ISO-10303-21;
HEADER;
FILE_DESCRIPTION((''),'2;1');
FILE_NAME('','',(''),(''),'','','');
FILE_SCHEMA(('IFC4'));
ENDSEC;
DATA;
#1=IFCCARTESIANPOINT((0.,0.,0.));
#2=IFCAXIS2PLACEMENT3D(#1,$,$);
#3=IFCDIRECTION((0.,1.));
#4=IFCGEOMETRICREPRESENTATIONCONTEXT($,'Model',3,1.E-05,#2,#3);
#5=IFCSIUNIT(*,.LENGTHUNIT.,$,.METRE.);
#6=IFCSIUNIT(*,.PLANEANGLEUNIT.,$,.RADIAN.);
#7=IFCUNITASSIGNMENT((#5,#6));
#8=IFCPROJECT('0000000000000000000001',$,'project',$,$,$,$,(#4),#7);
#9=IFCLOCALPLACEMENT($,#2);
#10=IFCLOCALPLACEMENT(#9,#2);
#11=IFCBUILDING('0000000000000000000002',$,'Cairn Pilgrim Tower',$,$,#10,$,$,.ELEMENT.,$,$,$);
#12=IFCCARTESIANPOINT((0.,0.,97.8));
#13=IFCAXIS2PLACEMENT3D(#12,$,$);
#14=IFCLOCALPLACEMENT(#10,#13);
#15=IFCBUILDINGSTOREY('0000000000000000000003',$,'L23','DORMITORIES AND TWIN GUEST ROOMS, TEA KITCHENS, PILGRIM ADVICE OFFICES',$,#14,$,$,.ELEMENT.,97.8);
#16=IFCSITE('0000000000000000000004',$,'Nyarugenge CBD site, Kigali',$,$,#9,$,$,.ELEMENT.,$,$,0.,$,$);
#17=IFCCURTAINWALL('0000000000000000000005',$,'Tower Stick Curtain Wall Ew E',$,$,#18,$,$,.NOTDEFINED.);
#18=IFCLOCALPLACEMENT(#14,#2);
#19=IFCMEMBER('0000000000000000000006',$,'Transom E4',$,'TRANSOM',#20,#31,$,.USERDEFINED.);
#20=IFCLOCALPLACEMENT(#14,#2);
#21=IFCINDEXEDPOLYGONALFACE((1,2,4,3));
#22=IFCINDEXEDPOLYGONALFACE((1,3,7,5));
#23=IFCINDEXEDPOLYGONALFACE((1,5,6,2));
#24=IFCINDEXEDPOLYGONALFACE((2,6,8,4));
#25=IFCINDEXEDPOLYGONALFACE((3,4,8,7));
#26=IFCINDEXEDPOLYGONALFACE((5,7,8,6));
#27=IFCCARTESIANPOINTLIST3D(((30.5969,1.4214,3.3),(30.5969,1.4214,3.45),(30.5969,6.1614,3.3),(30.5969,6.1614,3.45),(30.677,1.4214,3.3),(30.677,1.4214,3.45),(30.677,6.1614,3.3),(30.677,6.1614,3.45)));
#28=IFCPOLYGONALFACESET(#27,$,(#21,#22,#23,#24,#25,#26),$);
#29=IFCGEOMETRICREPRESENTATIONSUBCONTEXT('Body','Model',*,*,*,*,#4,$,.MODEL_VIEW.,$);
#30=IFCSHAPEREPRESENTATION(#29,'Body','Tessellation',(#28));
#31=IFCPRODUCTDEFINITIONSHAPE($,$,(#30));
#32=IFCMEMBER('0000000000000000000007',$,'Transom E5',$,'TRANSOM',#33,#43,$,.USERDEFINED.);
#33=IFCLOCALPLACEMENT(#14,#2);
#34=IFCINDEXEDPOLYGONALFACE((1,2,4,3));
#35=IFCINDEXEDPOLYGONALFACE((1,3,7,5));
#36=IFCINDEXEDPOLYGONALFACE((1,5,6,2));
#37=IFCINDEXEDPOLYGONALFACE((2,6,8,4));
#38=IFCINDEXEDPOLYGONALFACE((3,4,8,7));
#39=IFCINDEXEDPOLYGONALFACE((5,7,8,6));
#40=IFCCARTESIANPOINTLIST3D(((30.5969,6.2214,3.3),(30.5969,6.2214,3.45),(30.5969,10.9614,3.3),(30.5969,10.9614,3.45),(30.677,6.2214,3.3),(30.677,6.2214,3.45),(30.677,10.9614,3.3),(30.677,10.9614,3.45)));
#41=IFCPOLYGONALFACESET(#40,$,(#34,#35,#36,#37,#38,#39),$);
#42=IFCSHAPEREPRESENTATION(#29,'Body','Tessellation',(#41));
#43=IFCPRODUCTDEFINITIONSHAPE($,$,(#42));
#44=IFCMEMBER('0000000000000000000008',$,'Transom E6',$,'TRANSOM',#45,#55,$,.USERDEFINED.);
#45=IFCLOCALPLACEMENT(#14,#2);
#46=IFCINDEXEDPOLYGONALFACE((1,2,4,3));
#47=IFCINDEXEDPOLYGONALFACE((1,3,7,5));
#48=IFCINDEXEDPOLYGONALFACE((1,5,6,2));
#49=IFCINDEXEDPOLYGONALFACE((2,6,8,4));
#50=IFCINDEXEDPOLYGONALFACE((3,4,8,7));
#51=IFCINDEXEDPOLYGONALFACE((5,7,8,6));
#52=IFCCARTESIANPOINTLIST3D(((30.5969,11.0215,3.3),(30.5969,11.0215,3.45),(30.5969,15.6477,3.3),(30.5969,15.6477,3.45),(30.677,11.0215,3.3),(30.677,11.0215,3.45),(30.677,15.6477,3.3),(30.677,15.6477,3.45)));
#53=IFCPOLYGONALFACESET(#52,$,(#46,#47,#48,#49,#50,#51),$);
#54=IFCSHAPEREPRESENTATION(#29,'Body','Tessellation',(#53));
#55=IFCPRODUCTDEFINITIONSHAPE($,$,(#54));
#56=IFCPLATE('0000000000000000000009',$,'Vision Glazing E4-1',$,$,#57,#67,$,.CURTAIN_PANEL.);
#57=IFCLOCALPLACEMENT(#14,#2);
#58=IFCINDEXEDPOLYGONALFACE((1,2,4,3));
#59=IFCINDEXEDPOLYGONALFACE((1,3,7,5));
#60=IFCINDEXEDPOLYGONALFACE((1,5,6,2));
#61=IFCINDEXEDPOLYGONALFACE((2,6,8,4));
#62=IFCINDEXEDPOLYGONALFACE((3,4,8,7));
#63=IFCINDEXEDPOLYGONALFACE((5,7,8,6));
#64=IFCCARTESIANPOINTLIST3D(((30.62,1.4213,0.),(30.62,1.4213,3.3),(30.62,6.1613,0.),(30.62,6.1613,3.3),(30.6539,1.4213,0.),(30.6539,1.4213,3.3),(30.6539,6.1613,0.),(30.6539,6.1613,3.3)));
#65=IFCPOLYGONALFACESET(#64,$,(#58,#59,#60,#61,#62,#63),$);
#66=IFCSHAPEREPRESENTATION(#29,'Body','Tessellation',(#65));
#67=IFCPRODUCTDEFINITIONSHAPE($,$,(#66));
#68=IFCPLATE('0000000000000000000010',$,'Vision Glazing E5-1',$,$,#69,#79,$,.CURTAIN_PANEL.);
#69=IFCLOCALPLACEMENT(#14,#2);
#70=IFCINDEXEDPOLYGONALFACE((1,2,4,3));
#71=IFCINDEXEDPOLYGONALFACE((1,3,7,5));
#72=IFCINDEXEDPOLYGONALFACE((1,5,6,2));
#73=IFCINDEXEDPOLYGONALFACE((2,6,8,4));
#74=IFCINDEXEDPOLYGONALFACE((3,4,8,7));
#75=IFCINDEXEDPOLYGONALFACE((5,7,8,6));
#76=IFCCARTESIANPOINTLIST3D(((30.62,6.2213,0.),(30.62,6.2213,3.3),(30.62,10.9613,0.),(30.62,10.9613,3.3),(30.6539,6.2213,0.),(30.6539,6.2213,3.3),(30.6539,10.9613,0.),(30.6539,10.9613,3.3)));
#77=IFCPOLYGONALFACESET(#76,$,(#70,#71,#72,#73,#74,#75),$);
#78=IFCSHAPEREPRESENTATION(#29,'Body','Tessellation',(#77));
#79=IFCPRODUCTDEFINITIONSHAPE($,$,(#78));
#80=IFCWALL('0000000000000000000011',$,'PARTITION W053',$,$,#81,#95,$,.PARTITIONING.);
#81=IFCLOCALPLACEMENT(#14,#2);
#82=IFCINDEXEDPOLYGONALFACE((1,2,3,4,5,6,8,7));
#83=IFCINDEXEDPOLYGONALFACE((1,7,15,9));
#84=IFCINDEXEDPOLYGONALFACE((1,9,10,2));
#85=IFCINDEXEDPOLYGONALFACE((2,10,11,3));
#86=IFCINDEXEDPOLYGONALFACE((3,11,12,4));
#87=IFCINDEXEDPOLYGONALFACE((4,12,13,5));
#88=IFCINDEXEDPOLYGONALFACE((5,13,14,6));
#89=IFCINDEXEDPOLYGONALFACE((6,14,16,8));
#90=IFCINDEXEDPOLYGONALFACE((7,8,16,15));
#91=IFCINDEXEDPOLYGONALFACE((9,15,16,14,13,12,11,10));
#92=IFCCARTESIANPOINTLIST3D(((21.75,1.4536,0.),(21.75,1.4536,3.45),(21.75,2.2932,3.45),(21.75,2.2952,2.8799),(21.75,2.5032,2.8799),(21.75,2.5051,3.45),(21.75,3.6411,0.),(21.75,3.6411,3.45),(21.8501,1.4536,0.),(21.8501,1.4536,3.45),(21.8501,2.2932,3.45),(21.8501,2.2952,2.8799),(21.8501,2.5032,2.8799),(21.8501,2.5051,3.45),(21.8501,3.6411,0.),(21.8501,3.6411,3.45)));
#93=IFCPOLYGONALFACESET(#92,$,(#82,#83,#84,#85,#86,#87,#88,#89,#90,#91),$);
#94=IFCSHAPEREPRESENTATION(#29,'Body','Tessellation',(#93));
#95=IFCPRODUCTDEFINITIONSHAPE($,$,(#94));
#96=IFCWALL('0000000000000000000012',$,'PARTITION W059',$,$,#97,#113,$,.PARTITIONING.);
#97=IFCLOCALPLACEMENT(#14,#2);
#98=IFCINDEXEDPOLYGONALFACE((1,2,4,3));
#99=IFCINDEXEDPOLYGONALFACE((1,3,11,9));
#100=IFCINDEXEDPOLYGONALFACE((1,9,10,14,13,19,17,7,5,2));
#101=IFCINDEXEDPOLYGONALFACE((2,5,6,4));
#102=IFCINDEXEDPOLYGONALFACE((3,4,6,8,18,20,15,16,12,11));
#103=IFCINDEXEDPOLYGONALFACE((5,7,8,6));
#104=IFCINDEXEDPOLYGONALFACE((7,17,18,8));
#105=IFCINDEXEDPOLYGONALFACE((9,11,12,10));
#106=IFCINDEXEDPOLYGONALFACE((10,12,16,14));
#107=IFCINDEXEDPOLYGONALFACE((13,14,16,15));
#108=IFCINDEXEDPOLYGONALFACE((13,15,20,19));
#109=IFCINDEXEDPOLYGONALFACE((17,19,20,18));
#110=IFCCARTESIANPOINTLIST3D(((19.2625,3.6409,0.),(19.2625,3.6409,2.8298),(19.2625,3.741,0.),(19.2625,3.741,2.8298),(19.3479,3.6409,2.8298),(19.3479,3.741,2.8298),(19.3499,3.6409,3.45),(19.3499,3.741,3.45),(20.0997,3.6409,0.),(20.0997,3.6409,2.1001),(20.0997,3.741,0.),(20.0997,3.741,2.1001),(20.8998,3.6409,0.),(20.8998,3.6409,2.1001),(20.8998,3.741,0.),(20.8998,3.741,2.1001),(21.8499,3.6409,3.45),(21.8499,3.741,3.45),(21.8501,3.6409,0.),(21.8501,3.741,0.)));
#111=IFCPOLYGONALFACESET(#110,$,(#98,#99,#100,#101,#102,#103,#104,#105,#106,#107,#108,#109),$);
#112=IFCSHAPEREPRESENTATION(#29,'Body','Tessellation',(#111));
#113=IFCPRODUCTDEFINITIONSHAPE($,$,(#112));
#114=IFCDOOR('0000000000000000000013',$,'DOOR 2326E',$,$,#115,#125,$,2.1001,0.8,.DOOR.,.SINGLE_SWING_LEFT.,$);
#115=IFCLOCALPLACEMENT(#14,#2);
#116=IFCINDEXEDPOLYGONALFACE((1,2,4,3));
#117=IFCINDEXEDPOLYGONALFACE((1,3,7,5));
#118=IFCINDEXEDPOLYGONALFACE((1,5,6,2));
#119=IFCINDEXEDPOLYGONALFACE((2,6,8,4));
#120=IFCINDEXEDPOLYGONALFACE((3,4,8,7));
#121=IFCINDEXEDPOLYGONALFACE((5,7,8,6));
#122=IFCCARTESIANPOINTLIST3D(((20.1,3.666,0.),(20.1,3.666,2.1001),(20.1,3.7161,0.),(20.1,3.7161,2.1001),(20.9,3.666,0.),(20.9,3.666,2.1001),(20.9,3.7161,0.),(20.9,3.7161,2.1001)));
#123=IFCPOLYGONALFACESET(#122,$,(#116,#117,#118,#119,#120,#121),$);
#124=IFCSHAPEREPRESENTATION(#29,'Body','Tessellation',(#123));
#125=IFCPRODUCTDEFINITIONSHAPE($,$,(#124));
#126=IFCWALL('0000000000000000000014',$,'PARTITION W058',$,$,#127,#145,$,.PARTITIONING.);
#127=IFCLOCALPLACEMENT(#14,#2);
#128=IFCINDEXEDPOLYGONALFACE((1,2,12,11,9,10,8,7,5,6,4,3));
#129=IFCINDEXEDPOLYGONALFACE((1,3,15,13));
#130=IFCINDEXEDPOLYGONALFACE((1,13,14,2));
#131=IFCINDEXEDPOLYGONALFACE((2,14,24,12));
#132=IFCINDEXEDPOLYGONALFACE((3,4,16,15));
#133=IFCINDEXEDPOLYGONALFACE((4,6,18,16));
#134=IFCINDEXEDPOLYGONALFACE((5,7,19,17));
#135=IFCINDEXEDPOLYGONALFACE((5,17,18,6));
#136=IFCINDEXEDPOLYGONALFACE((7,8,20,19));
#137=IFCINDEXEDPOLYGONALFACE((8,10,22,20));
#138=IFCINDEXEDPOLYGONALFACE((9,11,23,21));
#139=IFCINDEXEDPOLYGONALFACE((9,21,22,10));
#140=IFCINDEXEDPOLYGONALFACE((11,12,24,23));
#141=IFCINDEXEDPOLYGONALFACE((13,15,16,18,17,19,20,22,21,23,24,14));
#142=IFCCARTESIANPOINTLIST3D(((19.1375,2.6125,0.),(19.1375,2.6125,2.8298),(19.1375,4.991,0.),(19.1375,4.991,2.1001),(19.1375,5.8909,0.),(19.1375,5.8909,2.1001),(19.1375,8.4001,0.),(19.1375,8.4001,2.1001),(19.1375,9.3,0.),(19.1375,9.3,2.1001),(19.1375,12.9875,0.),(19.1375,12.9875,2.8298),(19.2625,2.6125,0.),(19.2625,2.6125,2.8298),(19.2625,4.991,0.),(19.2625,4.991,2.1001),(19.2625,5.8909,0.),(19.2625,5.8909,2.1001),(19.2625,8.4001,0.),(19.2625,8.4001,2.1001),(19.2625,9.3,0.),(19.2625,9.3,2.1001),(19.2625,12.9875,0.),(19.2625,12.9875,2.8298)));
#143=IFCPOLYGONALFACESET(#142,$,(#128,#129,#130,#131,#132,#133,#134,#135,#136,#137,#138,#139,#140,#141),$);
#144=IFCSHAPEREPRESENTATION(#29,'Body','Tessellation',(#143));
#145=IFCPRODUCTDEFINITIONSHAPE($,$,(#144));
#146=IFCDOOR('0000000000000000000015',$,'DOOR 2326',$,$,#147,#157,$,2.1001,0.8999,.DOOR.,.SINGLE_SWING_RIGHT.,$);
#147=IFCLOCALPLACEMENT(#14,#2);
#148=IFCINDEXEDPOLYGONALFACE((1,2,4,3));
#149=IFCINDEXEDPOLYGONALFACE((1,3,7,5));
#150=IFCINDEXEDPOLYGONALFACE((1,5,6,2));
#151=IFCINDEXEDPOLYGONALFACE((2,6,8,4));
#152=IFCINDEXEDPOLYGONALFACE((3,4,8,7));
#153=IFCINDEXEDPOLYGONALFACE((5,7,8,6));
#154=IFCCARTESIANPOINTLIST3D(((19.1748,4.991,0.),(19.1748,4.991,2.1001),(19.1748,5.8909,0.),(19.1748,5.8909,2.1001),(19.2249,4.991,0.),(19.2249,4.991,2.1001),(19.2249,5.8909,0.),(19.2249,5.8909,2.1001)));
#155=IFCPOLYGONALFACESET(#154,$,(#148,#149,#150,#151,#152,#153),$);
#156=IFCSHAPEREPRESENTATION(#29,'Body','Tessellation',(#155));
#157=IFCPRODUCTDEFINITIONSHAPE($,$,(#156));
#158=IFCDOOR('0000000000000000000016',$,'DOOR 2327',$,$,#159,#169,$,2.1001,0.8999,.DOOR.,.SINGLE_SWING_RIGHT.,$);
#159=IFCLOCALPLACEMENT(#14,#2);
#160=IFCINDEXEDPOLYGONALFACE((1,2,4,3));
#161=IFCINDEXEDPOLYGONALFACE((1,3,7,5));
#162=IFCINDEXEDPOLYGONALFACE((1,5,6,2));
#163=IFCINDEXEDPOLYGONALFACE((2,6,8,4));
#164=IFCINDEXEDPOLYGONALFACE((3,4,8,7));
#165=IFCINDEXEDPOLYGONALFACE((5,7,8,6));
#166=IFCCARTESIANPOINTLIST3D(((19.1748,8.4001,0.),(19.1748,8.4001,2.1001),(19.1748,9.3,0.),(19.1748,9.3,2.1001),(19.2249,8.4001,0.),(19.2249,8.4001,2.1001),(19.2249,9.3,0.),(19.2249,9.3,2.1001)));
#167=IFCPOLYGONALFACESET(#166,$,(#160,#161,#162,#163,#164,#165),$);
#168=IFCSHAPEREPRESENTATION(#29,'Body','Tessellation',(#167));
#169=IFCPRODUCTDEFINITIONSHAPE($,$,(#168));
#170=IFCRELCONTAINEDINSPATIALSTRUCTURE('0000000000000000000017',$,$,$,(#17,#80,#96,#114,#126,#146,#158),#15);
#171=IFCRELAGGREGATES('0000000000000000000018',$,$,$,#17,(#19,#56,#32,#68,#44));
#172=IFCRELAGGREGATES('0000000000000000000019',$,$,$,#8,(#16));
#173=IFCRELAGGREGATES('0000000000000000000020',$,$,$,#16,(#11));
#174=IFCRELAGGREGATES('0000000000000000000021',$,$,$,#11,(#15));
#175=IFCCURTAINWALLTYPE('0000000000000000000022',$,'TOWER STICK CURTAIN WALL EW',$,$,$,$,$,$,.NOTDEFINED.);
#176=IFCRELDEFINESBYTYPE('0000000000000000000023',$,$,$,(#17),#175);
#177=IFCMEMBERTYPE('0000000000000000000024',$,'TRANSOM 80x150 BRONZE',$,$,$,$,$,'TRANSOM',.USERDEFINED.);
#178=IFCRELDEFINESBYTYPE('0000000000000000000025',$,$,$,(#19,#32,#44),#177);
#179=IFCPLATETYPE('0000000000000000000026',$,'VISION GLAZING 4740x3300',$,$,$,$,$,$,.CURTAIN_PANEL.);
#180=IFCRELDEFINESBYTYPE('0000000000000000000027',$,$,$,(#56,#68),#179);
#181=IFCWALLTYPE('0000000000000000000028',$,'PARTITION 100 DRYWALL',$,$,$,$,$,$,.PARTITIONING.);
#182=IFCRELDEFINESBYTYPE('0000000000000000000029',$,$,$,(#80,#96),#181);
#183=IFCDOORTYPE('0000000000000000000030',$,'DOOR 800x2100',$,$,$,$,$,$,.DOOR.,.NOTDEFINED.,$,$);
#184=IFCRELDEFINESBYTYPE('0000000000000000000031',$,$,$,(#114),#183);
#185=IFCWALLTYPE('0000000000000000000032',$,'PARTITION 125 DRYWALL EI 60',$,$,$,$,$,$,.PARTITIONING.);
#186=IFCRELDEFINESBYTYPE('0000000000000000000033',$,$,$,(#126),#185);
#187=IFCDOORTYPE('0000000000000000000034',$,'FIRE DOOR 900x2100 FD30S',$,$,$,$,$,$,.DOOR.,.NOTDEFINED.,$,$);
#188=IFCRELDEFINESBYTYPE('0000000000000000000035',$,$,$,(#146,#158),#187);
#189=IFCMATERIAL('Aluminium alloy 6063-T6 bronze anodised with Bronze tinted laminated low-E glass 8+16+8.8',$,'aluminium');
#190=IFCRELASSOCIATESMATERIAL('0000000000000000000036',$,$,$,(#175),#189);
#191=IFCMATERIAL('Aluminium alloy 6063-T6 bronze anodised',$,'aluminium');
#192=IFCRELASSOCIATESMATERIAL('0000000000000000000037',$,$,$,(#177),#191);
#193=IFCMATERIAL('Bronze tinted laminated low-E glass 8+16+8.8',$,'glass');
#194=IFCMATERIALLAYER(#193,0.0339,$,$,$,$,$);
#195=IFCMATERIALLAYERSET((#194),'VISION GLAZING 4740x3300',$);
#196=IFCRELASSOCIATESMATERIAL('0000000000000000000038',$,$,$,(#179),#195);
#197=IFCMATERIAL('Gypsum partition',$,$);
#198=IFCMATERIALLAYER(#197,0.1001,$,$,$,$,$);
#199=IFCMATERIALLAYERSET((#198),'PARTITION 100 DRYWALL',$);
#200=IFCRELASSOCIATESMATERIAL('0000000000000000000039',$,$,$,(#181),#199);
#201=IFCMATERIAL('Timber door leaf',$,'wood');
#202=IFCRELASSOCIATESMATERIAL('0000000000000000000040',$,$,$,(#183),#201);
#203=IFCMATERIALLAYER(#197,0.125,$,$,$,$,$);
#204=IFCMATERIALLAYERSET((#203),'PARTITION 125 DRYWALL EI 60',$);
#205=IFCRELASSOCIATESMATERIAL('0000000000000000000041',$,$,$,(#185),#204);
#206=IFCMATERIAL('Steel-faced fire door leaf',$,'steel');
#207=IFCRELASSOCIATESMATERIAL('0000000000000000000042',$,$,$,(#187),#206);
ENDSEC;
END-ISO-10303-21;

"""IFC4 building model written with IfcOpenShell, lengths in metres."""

from ifc_helpers import new_model, si_unit, direction, frame, frame_2d, origin, origin_2d, place, context, subcontext, project, spatial, polyline, rectangle, outline, extrude, material, layer, layer_set, material_profile, profile_set, type_object, element, fill, aggregate, save


model = new_model("IFC4")

# Units and contexts
model_context = context("Model", 3, precision=1e-05, world=origin(), true_north=direction((0.0, 1.0)))
body_context = subcontext(model_context, "Body", "Model", "MODEL_VIEW")
ifc_project = project(units=[si_unit("LENGTHUNIT", "METRE"), si_unit("PLANEANGLEUNIT", "RADIAN")], contexts=[model_context])

# Site, building, storey
site_placement = place(None, origin())
site = spatial("IfcSite", under=ifc_project, at=site_placement, Name="Nyarugenge CBD site, Kigali", CompositionType="ELEMENT", RefElevation=0.0)
building_placement = place(site_placement, origin())
building = spatial("IfcBuilding", under=site, at=building_placement, Name="Cairn Pilgrim Tower", CompositionType="ELEMENT")
storey_placement = place(building_placement, frame((0.0, 0.0, 97.8)))
storey = spatial("IfcBuildingStorey", under=building, at=storey_placement, Name="L23", Description="DORMITORIES AND TWIN GUEST ROOMS, TEA KITCHENS, PILGRIM ADVICE OFFICES", CompositionType="ELEMENT", Elevation=97.8)

# Curtain wall
ifc_material_1 = material(Name="Aluminium alloy 6063-T6 bronze anodised with Bronze tinted laminated low-E glass 8+16+8.8", Category="aluminium")
curtain_wall_type = type_object("IfcCurtainWallType", Name="TOWER STICK CURTAIN WALL EW", PredefinedType="NOTDEFINED", material=ifc_material_1)
curtain_wall_placement = place(storey_placement, origin())
curtain_wall = element("IfcCurtainWall", 1, at=curtain_wall_placement, inside=storey, type_object=curtain_wall_type, Name="Tower Stick Curtain Wall Ew E", PredefinedType="NOTDEFINED")
ifc_material_2 = material(Name="Aluminium alloy 6063-T6 bronze anodised", Category="aluminium")

# Members
ifc_material_profile_1 = material_profile(ifc_material_2, rectangle(XDim=0.0801, YDim=0.1499, at=origin_2d()), Name="TRANSOM 80x150 BRONZE")
ifc_profile_set_1 = profile_set([ifc_material_profile_1], Name="Aluminium alloy 6063-T6 bronze anodised")
member_type_1 = type_object("IfcMemberType", Name="TRANSOM 80x150 BRONZE", ElementType="TRANSOM", PredefinedType="USERDEFINED", material=ifc_profile_set_1)
member_1_placement = place(storey_placement, frame((30.637, 1.4214, 3.375), z_axis=(0.0, 1.0, 0.0), x_axis=(-1.0, 0.0, 0.0)))
member_1 = element("IfcMember", 2, at=member_1_placement, type_object=member_type_1, Name="Transom E4", ObjectType="TRANSOM", PredefinedType="USERDEFINED", context=body_context, shape_type="SweptSolid", body=[
    extrude(rectangle(XDim=0.0801, YDim=0.1499, at=origin_2d()), origin(), (0.0, 0.0, 1.0), 4.74),
])
member_2_placement = place(storey_placement, frame((30.637, 6.2214, 3.375), z_axis=(0.0, 1.0, 0.0), x_axis=(-1.0, 0.0, 0.0)))
member_2 = element("IfcMember", 3, at=member_2_placement, type_object=member_type_1, Name="Transom E5", ObjectType="TRANSOM", PredefinedType="USERDEFINED", context=body_context, shape_type="SweptSolid", body=[
    extrude(rectangle(XDim=0.0801, YDim=0.1499, at=origin_2d()), origin(), (0.0, 0.0, 1.0), 4.74),
])
member_3_placement = place(storey_placement, frame((30.637, 11.0215, 3.375), z_axis=(0.0, 1.0, 0.0), x_axis=(-1.0, 0.0, 0.0)))
member_3 = element("IfcMember", 4, at=member_3_placement, type_object=member_type_1, Name="Transom E6", ObjectType="TRANSOM", PredefinedType="USERDEFINED", context=body_context, shape_type="SweptSolid", body=[
    extrude(rectangle(XDim=0.0801, YDim=0.1499, at=origin_2d()), origin(), (0.0, 0.0, 1.0), 4.6262),
])

# Plates
ifc_material_3 = material(Name="Bronze tinted laminated low-E glass 8+16+8.8", Category="glass")
ifc_layer_1 = layer(ifc_material_3, 0.0339)
ifc_layer_set_1 = layer_set([ifc_layer_1], Name="VISION GLAZING 4740x3300")
plate_type = type_object("IfcPlateType", Name="VISION GLAZING 4740x3300", PredefinedType="CURTAIN_PANEL", material=ifc_layer_set_1)
plate_1_placement = place(storey_placement, frame((30.637, 3.7913, 0.0), z_axis=(0.0, 0.0, 1.0), x_axis=(0.0, 1.0, 0.0)))
plate_1 = element("IfcPlate", 5, at=plate_1_placement, type_object=plate_type, Name="Vision Glazing E4-1", PredefinedType="CURTAIN_PANEL", context=body_context, shape_type="SweptSolid", body=[
    extrude(rectangle(XDim=4.74, YDim=0.0339, at=origin_2d()), origin(), (0.0, 0.0, 1.0), 3.3),
])
plate_2_placement = place(storey_placement, frame((30.637, 8.5913, 0.0), z_axis=(0.0, 0.0, 1.0), x_axis=(0.0, 1.0, 0.0)))
plate_2 = element("IfcPlate", 6, at=plate_2_placement, type_object=plate_type, Name="Vision Glazing E5-1", PredefinedType="CURTAIN_PANEL", context=body_context, shape_type="SweptSolid", body=[
    extrude(rectangle(XDim=4.74, YDim=0.0339, at=origin_2d()), origin(), (0.0, 0.0, 1.0), 3.3),
])
aggregate(curtain_wall, [member_1, plate_1, member_2, plate_2, member_3])

# Wall
ifc_material_4 = material(Name="Gypsum partition")
ifc_layer_2 = layer(ifc_material_4, 0.1001)
ifc_layer_set_2 = layer_set([ifc_layer_2], Name="PARTITION 100 DRYWALL")
wall_type_1 = type_object("IfcWallType", Name="PARTITION 100 DRYWALL", PredefinedType="PARTITIONING", material=ifc_layer_set_2)
wall_1_placement = place(storey_placement, frame((21.8, 1.4536, 0.0), z_axis=(0.0, 0.0, 1.0), x_axis=(0.0, 1.0, 0.0)))
element("IfcWall", 7, at=wall_1_placement, inside=storey, type_object=wall_type_1, Name="PARTITION W053", PredefinedType="PARTITIONING", context=body_context, shape_type="SweptSolid", body=[
    extrude(outline(polyline([(0.0, 0.0), (2.1875, 0.0), (2.1875, 3.45), (1.0515, 3.45), (1.0496, 2.8799), (0.8416, 2.8799), (0.8396, 3.45), (0.0, 3.45), (0.0, 0.0)])), frame((0.0, 0.05, 0.0), z_axis=(0.0, -1.0, 0.0), x_axis=(1.0, 0.0, 0.0)), (0.0, 0.0, 1.0), 0.1001),
])

# Wall, opening, door
wall_2_placement = place(storey_placement, frame((19.2625, 3.6909, 0.0), z_axis=(0.0, 0.0, 1.0), x_axis=(1.0, 0.0, 0.0)))
wall_2 = element("IfcWall", 8, at=wall_2_placement, inside=storey, type_object=wall_type_1, Name="PARTITION W059", PredefinedType="PARTITIONING", context=body_context, shape_type="SweptSolid", body=[
    extrude(outline(polyline([(0.0, 0.0), (2.5876, 0.0), (2.5874, 3.45), (0.0874, 3.45), (0.0854, 2.8298), (0.0, 2.8298), (0.0, 0.0)])), frame((0.0, 0.05, 0.0), z_axis=(0.0, -1.0, 0.0), x_axis=(1.0, 0.0, 0.0)), (0.0, 0.0, 1.0), 0.1001),
])
opening_1_placement = place(wall_2_placement, frame((0.8374, 0.0, 0.0)))
opening_1 = element("IfcOpeningElement", 9, at=opening_1_placement, cuts=wall_2, PredefinedType="OPENING", context=body_context, shape_type="SweptSolid", body=[
    extrude(rectangle(XDim=0.8, YDim=2.1001, at=frame_2d((0.3999, 1.05))), frame((0.0, 0.0601, 0.0), z_axis=(0.0, -1.0, 0.0), x_axis=(1.0, 0.0, 0.0)), (0.0, 0.0, 1.0), 0.1201),
])
ifc_material_5 = material(Name="Timber door leaf", Category="wood")
door_type_1 = type_object("IfcDoorType", Name="DOOR 800x2100", OperationType="NOTDEFINED", PredefinedType="DOOR", material=ifc_material_5)
door_1_placement = place(opening_1_placement, frame((0.8, 0.0, 0.0), z_axis=(0.0, 0.0, 1.0), x_axis=(-1.0, 0.0, 0.0)))
door_1 = element("IfcDoor", 10, at=door_1_placement, inside=storey, type_object=door_type_1, Name="DOOR 2326E", OperationType="SINGLE_SWING_LEFT", OverallHeight=2.1001, OverallWidth=0.8, PredefinedType="DOOR", context=body_context, shape_type="SweptSolid", body=[
    extrude(rectangle(XDim=0.8, YDim=2.1001, at=frame_2d((0.3999, 1.05))), frame((0.0, 0.0249, 0.0), z_axis=(0.0, -1.0, 0.0), x_axis=(1.0, 0.0, 0.0)), (0.0, 0.0, 1.0), 0.05),
])
fill(opening_1, door_1)

# Wall, openings, doors
ifc_layer_3 = layer(ifc_material_4, 0.125)
ifc_layer_set_3 = layer_set([ifc_layer_3], Name="PARTITION 125 DRYWALL EI 60")
wall_type_2 = type_object("IfcWallType", Name="PARTITION 125 DRYWALL EI 60", PredefinedType="PARTITIONING", material=ifc_layer_set_3)
wall_3_placement = place(storey_placement, frame((19.2, 2.6125, 0.0), z_axis=(0.0, 0.0, 1.0), x_axis=(0.0, 1.0, 0.0)))
wall_3 = element("IfcWall", 11, at=wall_3_placement, inside=storey, type_object=wall_type_2, Name="PARTITION W058", PredefinedType="PARTITIONING", context=body_context, shape_type="SweptSolid", body=[
    extrude(rectangle(XDim=10.375, YDim=0.125, at=frame_2d((5.1875, 0.0))), origin(), (0.0, 0.0, 1.0), 2.8298),
])
opening_2_placement = place(wall_3_placement, frame((2.3784, 0.0, 0.0)))
opening_2 = element("IfcOpeningElement", 12, at=opening_2_placement, cuts=wall_3, PredefinedType="OPENING", context=body_context, shape_type="SweptSolid", body=[
    extrude(rectangle(XDim=0.8999, YDim=2.1001, at=frame_2d((0.45, 1.05))), frame((0.0, 0.0725, 0.0), z_axis=(0.0, -1.0, 0.0), x_axis=(1.0, 0.0, 0.0)), (0.0, 0.0, 1.0), 0.145),
])
opening_3_placement = place(wall_3_placement, frame((5.7876, 0.0, 0.0)))
opening_3 = element("IfcOpeningElement", 13, at=opening_3_placement, cuts=wall_3, PredefinedType="OPENING", context=body_context, shape_type="SweptSolid", body=[
    extrude(rectangle(XDim=0.8999, YDim=2.1001, at=frame_2d((0.45, 1.05))), frame((0.0, 0.0725, 0.0), z_axis=(0.0, -1.0, 0.0), x_axis=(1.0, 0.0, 0.0)), (0.0, 0.0, 1.0), 0.145),
])
ifc_material_6 = material(Name="Steel-faced fire door leaf", Category="steel")
door_type_2 = type_object("IfcDoorType", Name="FIRE DOOR 900x2100 FD30S", OperationType="NOTDEFINED", PredefinedType="DOOR", material=ifc_material_6)
door_2_placement = place(opening_2_placement, frame((0.8999, 0.0, 0.0), z_axis=(0.0, 0.0, 1.0), x_axis=(-1.0, 0.0, 0.0)))
door_2 = element("IfcDoor", 14, at=door_2_placement, inside=storey, type_object=door_type_2, Name="DOOR 2326", OperationType="SINGLE_SWING_RIGHT", OverallHeight=2.1001, OverallWidth=0.8999, PredefinedType="DOOR", context=body_context, shape_type="SweptSolid", body=[
    extrude(rectangle(XDim=0.8999, YDim=2.1001, at=frame_2d((0.45, 1.05))), frame((0.0, 0.0249, 0.0), z_axis=(0.0, -1.0, 0.0), x_axis=(1.0, 0.0, 0.0)), (0.0, 0.0, 1.0), 0.05),
])
fill(opening_2, door_2)
door_3_placement = place(opening_3_placement, frame((0.8999, 0.0, 0.0), z_axis=(0.0, 0.0, 1.0), x_axis=(-1.0, 0.0, 0.0)))
door_3 = element("IfcDoor", 15, at=door_3_placement, inside=storey, type_object=door_type_2, Name="DOOR 2327", OperationType="SINGLE_SWING_RIGHT", OverallHeight=2.1001, OverallWidth=0.8999, PredefinedType="DOOR", context=body_context, shape_type="SweptSolid", body=[
    extrude(rectangle(XDim=0.8999, YDim=2.1001, at=frame_2d((0.45, 1.05))), frame((0.0, 0.0249, 0.0), z_axis=(0.0, -1.0, 0.0), x_axis=(1.0, 0.0, 0.0)), (0.0, 0.0, 1.0), 0.05),
])
fill(opening_3, door_3)

save(model, "model.ifc")
